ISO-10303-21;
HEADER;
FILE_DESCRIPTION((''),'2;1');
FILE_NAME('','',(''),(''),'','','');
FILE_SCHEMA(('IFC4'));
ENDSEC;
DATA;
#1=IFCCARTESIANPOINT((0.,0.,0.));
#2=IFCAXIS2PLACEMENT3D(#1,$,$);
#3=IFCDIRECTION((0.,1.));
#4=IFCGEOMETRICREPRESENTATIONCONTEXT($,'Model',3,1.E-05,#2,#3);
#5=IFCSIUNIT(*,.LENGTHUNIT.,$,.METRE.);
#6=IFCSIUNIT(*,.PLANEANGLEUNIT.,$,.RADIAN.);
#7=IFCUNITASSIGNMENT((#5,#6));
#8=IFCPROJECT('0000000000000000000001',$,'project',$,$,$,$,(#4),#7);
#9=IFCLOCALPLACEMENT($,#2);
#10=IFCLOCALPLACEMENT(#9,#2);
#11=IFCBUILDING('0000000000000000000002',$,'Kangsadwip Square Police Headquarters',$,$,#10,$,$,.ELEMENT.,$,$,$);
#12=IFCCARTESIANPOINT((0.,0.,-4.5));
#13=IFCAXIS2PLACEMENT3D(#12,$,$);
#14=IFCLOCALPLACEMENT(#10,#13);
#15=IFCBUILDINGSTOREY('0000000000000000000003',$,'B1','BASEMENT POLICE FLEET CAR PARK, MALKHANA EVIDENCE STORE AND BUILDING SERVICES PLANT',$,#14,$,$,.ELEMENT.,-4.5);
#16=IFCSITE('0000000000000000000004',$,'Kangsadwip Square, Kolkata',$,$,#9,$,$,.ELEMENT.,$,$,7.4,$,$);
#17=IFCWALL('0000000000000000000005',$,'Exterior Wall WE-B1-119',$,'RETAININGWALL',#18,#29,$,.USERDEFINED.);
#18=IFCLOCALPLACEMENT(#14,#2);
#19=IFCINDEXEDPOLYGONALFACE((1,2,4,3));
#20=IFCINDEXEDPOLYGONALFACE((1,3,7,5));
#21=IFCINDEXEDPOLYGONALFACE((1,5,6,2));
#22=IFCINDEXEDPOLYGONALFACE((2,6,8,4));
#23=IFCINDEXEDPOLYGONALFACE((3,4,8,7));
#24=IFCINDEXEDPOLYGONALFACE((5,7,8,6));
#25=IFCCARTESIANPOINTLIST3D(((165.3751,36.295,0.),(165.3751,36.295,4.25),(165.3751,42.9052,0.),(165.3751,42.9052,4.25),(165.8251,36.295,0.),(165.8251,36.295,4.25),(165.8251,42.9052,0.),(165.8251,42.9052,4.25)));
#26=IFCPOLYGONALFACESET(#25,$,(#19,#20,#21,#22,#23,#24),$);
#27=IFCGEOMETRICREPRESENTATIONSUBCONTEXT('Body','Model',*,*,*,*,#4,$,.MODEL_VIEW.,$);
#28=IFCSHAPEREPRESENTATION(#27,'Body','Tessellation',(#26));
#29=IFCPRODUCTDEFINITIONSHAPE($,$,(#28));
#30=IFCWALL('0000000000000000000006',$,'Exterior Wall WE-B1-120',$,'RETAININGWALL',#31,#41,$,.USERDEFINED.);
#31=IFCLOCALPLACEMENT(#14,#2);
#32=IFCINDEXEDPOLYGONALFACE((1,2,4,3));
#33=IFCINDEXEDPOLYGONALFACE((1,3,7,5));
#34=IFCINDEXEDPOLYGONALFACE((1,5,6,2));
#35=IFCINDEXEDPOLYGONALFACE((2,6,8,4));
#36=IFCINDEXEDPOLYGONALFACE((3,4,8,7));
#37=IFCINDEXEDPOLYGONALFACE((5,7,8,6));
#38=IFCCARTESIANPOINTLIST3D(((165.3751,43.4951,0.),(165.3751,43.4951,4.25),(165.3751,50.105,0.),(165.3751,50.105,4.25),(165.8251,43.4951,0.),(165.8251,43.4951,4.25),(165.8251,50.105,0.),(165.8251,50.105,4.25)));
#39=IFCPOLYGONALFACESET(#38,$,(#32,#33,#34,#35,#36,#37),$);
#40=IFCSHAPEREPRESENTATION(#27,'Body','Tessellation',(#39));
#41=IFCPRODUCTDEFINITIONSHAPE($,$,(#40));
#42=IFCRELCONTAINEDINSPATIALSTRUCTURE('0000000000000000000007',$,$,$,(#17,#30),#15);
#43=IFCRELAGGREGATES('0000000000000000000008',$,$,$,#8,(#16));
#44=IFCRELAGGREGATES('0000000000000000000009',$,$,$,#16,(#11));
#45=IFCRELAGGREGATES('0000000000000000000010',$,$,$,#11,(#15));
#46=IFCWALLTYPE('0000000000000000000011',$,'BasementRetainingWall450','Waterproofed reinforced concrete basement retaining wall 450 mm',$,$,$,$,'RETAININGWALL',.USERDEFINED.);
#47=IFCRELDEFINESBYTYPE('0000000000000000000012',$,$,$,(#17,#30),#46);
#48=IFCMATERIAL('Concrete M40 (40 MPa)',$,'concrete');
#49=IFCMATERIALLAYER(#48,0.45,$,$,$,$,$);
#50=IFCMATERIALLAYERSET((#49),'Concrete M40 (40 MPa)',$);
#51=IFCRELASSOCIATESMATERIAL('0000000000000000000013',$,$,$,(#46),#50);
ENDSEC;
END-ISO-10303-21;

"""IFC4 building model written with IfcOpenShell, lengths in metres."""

from ifc_helpers import new_model, si_unit, direction, frame, frame_2d, origin, place, context, subcontext, project, spatial, rectangle, extrude, material, layer, layer_set, type_object, element, save


model = new_model("IFC4")

# Units and contexts
model_context = context("Model", 3, precision=1e-05, world=origin(), true_north=direction((0.0, 1.0)))
body_context = subcontext(model_context, "Body", "Model", "MODEL_VIEW")
ifc_project = project(units=[si_unit("LENGTHUNIT", "METRE"), si_unit("PLANEANGLEUNIT", "RADIAN")], contexts=[model_context])

# Site, building, storey
site_placement = place(None, origin())
site = spatial("IfcSite", under=ifc_project, at=site_placement, Name="Kangsadwip Square, Kolkata", CompositionType="ELEMENT", RefElevation=7.4)
building_placement = place(site_placement, origin())
building = spatial("IfcBuilding", under=site, at=building_placement, Name="Kangsadwip Square Police Headquarters", CompositionType="ELEMENT")
storey_placement = place(building_placement, frame((0.0, 0.0, -4.5)))
storey = spatial("IfcBuildingStorey", under=building, at=storey_placement, Name="B1", Description="BASEMENT POLICE FLEET CAR PARK, MALKHANA EVIDENCE STORE AND BUILDING SERVICES PLANT", CompositionType="ELEMENT", Elevation=-4.5)

# Walls
ifc_material_1 = material(Name="Concrete M40 (40 MPa)", Category="concrete")
ifc_layer = layer(ifc_material_1, 0.45)
ifc_layer_set = layer_set([ifc_layer], Name="Concrete M40 (40 MPa)")
wall_type = type_object("IfcWallType", Name="BasementRetainingWall450", Description="Waterproofed reinforced concrete basement retaining wall 450 mm", ElementType="RETAININGWALL", PredefinedType="USERDEFINED", material=ifc_layer_set)
wall_1_placement = place(storey_placement, frame((165.6001, 36.2949, 0.0), z_axis=(0.0, 0.0, 1.0), x_axis=(0.0, 1.0, 0.0)))
element("IfcWall", 1, at=wall_1_placement, inside=storey, type_object=wall_type, Name="Exterior Wall WE-B1-119", ObjectType="RETAININGWALL", PredefinedType="USERDEFINED", context=body_context, shape_type="SweptSolid", body=[
    extrude(rectangle(XDim=6.6101, YDim=0.45, at=frame_2d((3.3052, 0.0))), origin(), (0.0, 0.0, 1.0), 4.25),
])
wall_2_placement = place(storey_placement, frame((165.6001, 43.4951, 0.0), z_axis=(0.0, 0.0, 1.0), x_axis=(0.0, 1.0, 0.0)))
element("IfcWall", 2, at=wall_2_placement, inside=storey, type_object=wall_type, Name="Exterior Wall WE-B1-120", ObjectType="RETAININGWALL", PredefinedType="USERDEFINED", context=body_context, shape_type="SweptSolid", body=[
    extrude(rectangle(XDim=6.6099, YDim=0.45, at=frame_2d((3.3049, 0.0))), origin(), (0.0, 0.0, 1.0), 4.25),
])

save(model, "model.ifc")
